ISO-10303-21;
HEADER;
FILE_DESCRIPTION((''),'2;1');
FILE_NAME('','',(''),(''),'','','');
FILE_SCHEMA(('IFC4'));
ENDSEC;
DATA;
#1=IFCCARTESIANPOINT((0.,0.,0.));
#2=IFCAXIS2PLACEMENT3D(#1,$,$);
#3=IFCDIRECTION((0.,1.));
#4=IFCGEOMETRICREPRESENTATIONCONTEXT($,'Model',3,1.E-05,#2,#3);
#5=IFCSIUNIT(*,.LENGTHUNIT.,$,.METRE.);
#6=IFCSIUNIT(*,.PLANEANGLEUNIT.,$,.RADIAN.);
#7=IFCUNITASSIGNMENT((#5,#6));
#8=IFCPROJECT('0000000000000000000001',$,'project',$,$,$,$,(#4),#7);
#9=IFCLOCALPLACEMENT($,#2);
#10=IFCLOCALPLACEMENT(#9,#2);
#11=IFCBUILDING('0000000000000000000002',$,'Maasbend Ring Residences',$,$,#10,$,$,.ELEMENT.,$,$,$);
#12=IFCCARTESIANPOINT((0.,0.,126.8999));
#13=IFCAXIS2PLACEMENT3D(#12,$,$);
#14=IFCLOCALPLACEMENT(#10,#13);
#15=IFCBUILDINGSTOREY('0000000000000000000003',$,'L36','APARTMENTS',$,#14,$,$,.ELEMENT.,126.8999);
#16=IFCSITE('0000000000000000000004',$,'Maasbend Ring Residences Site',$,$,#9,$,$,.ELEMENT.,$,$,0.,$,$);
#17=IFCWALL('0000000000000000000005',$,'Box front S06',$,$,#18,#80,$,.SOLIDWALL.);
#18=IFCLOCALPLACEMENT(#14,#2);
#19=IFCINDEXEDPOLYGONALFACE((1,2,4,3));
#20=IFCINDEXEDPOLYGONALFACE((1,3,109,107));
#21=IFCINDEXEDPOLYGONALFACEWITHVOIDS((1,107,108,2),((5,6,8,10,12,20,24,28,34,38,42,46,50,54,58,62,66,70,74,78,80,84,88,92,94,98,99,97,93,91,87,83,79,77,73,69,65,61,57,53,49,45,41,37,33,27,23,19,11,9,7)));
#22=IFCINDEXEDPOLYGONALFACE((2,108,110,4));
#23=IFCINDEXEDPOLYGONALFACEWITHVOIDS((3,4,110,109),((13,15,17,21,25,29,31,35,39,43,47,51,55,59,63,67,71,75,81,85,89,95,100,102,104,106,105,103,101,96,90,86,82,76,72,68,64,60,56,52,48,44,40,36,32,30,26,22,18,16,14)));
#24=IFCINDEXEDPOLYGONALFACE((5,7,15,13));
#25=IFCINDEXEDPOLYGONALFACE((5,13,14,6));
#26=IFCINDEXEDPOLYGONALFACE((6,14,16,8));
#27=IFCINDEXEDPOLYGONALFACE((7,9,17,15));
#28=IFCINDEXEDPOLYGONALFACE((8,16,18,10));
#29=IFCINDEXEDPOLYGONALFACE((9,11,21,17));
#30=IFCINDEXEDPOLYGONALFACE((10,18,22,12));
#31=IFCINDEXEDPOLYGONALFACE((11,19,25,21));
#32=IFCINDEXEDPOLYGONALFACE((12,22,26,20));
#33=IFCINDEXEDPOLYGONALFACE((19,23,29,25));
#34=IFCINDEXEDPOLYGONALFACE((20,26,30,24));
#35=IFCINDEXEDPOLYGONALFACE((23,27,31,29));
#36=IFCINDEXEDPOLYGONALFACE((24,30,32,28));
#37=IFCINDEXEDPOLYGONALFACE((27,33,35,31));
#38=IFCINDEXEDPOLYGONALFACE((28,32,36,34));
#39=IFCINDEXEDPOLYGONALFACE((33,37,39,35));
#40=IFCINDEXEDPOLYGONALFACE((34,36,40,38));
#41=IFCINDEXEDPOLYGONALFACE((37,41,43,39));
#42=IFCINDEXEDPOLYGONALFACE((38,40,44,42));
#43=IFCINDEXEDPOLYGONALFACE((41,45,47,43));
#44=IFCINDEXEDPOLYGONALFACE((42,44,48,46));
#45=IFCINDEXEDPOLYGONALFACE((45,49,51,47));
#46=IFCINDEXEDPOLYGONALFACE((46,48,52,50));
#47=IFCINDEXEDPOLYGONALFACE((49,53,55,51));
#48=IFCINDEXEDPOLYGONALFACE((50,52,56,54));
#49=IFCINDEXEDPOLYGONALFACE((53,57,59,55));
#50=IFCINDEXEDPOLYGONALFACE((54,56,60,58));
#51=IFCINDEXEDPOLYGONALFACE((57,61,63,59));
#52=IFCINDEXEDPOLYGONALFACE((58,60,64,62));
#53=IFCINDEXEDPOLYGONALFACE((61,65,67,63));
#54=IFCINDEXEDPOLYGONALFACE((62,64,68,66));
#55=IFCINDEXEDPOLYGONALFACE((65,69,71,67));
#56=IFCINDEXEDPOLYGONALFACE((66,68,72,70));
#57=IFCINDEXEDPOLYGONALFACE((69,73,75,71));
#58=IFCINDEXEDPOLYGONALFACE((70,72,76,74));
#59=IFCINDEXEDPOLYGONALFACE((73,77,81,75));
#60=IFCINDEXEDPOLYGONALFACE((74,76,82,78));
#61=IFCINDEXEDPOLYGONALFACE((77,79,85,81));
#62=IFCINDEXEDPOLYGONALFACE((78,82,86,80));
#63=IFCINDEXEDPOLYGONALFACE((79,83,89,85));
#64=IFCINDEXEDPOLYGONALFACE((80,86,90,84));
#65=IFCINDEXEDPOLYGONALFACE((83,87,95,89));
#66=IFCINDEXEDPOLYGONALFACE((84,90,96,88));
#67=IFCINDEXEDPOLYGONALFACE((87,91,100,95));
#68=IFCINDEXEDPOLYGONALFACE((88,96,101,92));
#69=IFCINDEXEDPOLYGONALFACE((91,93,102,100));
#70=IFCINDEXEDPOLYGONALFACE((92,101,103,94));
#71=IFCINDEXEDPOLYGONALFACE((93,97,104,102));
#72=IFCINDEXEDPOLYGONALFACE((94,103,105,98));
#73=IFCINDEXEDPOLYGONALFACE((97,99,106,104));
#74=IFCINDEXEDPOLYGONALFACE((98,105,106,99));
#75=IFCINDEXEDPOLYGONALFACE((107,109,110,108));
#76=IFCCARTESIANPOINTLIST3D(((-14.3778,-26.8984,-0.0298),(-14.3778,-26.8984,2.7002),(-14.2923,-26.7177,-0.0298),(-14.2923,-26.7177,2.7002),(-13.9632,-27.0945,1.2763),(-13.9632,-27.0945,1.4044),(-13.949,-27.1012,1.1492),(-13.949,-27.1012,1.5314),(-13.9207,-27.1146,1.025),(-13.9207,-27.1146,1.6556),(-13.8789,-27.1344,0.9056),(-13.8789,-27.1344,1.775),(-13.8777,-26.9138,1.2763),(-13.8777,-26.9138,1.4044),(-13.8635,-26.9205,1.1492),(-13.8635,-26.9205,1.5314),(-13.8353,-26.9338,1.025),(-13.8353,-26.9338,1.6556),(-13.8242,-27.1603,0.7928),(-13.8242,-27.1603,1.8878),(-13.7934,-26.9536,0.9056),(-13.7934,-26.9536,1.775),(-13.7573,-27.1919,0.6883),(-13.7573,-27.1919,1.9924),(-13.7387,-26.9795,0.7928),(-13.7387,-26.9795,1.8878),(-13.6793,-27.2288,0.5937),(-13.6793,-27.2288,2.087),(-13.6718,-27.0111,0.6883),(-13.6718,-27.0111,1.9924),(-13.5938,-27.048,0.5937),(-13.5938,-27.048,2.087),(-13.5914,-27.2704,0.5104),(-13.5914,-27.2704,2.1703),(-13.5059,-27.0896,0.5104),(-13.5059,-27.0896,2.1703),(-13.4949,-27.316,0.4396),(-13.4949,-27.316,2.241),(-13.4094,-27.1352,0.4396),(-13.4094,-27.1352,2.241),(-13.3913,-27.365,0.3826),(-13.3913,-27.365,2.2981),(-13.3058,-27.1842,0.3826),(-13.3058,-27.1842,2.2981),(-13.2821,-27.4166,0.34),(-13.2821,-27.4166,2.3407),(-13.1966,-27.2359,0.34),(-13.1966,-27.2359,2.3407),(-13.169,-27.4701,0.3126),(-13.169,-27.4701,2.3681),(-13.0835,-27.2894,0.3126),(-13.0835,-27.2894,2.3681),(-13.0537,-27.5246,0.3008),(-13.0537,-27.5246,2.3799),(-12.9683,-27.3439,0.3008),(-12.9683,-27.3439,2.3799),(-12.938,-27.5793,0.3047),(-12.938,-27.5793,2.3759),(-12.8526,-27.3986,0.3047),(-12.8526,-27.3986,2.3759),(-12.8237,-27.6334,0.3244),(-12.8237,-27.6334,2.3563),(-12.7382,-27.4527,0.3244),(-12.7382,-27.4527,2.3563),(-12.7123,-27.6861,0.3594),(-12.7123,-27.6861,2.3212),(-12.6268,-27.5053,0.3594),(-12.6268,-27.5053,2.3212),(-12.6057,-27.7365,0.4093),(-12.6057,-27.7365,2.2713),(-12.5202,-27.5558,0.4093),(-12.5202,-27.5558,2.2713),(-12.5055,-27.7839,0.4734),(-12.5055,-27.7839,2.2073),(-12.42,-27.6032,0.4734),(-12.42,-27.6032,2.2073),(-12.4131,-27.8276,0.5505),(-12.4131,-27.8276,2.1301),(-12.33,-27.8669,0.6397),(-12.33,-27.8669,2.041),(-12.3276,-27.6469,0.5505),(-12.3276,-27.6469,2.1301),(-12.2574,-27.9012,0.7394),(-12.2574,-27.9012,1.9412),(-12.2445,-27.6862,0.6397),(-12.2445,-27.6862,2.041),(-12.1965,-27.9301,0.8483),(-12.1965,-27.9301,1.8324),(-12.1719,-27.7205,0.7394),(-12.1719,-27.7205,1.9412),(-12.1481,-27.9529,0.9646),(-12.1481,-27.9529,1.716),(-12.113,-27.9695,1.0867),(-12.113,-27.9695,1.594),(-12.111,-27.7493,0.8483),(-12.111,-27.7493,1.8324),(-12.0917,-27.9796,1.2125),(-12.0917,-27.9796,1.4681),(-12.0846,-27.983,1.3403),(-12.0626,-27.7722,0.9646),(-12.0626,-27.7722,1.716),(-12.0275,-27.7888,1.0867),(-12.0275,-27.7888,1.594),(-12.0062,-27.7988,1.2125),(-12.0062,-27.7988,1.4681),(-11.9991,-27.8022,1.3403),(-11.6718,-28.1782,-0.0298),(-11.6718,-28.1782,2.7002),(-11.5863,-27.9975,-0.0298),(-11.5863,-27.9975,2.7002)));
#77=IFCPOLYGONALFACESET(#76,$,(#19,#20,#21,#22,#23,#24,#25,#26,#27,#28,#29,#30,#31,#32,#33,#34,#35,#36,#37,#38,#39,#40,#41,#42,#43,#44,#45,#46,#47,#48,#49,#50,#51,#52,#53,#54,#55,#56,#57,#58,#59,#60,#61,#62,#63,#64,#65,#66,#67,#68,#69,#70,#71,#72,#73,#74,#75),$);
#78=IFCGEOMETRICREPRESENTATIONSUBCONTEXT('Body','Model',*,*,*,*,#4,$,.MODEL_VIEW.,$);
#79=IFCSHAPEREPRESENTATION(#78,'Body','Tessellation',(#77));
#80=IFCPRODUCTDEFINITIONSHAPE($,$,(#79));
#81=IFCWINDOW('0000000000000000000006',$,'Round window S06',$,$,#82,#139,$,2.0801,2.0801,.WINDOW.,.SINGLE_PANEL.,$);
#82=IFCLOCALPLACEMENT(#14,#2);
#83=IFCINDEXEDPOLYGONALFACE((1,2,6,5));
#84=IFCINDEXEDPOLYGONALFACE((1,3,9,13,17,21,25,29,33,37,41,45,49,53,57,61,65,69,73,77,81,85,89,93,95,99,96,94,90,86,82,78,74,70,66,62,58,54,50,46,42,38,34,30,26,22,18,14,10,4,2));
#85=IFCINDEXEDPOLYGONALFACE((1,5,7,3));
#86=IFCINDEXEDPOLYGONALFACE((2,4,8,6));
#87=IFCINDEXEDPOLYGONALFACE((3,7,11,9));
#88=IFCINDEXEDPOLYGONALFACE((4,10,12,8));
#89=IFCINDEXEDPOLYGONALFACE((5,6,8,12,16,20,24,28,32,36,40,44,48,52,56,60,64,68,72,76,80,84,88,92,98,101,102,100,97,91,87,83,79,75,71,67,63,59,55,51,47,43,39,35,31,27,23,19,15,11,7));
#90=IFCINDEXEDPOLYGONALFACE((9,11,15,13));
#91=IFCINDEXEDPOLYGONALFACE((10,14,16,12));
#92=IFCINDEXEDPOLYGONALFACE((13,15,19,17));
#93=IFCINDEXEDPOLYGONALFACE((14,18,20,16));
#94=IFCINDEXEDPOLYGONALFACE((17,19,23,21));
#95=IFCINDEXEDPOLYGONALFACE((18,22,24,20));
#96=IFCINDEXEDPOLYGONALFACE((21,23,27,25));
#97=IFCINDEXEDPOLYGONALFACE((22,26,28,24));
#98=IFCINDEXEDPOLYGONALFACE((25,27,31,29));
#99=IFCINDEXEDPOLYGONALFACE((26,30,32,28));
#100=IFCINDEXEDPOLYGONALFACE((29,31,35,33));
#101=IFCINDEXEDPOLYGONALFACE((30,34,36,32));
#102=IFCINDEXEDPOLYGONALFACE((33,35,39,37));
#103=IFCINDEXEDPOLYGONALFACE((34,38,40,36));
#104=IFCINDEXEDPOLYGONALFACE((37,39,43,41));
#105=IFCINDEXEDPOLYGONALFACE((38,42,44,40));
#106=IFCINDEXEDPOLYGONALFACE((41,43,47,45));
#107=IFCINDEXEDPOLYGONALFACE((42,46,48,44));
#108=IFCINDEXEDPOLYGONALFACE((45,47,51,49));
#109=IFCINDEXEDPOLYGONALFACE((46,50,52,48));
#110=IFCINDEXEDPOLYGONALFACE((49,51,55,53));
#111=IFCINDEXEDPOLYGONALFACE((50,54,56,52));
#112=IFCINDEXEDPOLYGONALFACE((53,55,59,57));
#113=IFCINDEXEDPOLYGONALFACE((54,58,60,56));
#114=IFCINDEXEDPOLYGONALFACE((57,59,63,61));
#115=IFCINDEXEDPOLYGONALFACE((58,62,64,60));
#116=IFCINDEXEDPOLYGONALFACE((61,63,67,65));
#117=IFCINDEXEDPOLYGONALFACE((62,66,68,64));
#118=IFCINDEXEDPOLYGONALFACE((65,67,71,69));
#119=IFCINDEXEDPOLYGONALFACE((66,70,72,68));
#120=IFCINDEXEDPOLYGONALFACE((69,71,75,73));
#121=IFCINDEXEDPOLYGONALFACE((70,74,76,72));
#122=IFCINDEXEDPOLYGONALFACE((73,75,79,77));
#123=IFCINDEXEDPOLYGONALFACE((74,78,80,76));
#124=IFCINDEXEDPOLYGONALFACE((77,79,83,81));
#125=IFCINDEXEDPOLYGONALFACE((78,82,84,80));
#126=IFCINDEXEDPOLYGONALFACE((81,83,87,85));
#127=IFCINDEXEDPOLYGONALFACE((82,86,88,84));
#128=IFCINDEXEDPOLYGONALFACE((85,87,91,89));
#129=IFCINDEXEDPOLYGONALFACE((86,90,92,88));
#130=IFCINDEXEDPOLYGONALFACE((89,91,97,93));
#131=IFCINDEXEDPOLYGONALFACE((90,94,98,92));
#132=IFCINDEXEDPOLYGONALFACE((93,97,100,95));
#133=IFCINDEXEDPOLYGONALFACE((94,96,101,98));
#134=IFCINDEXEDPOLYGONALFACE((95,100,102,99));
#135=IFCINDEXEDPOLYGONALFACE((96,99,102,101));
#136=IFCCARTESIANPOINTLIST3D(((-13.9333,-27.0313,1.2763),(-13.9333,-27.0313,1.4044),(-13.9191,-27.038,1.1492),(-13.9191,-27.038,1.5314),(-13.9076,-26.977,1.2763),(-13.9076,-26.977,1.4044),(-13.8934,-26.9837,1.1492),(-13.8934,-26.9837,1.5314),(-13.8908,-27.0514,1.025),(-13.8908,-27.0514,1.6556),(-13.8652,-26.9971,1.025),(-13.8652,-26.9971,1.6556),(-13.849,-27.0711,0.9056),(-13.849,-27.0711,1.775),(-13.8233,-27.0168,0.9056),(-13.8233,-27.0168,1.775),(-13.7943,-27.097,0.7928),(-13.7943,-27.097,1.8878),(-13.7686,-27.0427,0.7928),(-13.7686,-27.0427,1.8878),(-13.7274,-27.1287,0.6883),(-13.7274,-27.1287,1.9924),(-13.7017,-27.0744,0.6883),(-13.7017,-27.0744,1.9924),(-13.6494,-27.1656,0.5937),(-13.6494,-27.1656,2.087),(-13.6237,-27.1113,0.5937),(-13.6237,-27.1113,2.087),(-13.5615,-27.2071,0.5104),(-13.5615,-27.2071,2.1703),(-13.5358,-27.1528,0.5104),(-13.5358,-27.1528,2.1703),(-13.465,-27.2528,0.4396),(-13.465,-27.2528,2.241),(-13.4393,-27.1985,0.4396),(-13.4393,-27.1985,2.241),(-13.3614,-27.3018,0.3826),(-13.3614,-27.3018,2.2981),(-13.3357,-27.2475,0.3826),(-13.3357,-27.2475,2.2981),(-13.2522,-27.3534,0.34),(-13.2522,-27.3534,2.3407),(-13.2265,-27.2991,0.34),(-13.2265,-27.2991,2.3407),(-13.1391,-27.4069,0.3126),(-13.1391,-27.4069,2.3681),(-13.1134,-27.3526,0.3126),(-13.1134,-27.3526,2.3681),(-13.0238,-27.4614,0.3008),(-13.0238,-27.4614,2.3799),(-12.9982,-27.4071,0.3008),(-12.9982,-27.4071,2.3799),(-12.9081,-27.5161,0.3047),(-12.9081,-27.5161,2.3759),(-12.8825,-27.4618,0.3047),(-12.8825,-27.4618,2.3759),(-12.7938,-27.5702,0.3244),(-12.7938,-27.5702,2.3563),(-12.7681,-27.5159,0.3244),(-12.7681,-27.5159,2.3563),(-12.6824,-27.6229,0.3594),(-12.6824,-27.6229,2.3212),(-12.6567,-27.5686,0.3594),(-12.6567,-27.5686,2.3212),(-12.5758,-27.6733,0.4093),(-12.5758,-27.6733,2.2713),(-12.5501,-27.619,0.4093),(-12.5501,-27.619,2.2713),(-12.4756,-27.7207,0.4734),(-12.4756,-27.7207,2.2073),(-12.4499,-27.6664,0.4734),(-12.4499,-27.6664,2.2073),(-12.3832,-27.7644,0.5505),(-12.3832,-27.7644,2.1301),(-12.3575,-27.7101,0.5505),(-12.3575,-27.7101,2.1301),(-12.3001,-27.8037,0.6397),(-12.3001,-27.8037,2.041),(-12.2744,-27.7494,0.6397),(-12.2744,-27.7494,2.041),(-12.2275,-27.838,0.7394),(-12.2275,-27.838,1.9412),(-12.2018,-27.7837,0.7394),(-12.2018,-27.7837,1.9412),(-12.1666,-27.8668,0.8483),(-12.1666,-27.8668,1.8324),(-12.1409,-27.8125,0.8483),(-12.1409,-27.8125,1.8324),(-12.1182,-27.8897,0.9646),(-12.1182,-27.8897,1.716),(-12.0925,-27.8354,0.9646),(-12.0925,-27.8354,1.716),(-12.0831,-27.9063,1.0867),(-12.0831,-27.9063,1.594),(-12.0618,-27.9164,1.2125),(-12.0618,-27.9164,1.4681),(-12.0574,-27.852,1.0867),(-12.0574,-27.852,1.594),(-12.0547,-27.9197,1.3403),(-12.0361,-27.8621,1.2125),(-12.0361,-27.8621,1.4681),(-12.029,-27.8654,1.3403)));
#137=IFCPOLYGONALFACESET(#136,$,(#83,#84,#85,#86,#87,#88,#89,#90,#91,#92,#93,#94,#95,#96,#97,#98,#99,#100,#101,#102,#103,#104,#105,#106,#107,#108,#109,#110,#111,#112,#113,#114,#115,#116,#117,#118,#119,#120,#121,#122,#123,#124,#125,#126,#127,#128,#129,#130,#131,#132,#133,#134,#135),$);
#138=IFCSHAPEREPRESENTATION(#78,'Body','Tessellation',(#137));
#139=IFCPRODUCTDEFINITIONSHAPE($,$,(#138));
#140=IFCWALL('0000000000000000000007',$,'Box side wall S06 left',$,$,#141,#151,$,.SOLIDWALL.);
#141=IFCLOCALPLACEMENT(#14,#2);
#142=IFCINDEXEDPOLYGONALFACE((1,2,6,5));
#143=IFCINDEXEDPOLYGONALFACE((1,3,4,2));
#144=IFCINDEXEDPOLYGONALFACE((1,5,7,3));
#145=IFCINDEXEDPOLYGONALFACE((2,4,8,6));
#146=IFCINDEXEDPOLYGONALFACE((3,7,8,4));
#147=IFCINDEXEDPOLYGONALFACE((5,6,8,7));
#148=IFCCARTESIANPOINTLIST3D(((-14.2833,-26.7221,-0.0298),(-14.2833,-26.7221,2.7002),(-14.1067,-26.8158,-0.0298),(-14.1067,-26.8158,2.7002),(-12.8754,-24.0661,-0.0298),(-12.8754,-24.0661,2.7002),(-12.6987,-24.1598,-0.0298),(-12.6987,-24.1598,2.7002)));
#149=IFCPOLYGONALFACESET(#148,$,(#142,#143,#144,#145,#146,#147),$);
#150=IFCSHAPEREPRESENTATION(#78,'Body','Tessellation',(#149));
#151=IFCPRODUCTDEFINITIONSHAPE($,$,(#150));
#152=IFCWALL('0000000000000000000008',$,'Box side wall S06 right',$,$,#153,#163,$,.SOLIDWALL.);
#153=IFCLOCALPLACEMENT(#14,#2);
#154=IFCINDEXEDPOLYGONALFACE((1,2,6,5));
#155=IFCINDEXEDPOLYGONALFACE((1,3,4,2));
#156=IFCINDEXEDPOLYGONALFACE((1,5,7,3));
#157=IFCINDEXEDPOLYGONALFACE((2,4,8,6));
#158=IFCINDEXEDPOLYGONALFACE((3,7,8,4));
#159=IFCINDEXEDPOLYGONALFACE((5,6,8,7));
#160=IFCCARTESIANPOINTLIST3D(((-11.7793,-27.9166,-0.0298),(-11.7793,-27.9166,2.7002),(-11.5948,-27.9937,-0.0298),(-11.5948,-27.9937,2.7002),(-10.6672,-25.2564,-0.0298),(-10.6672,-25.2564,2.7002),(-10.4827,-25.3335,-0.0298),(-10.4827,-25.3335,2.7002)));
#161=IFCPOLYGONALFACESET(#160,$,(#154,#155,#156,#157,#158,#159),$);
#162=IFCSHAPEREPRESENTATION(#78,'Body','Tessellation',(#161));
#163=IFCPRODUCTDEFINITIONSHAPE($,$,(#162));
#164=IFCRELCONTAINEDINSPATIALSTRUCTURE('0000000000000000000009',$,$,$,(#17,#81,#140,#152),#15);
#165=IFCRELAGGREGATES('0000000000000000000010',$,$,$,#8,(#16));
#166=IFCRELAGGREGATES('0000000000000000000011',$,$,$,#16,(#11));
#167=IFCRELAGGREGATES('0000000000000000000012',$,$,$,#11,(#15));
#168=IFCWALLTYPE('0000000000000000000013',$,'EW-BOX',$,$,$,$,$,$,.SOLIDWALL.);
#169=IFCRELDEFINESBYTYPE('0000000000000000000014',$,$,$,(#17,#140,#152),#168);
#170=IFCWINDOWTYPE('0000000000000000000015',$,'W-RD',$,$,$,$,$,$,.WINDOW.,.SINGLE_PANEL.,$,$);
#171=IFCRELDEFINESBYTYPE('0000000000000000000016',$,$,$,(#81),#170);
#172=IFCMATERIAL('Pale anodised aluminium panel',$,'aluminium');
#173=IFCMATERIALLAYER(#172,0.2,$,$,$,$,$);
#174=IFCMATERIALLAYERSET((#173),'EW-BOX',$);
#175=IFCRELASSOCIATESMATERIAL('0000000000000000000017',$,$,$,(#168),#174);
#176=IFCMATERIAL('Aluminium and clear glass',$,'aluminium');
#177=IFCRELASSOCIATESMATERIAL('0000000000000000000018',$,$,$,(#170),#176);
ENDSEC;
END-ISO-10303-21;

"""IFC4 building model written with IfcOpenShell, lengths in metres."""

from ifc_helpers import new_model, si_unit, direction, frame, frame_2d, origin, place, context, subcontext, project, spatial, rectangle, circle, extrude, material, layer, layer_set, type_object, element, fill, save


model = new_model("IFC4")

# Units and contexts
model_context = context("Model", 3, precision=1e-05, world=origin(), true_north=direction((0.0, 1.0)))
body_context = subcontext(model_context, "Body", "Model", "MODEL_VIEW")
ifc_project = project(units=[si_unit("LENGTHUNIT", "METRE"), si_unit("PLANEANGLEUNIT", "RADIAN")], contexts=[model_context])

# Site, building, storey
site_placement = place(None, origin())
site = spatial("IfcSite", under=ifc_project, at=site_placement, Name="Maasbend Ring Residences Site", CompositionType="ELEMENT", RefElevation=0.0)
building_placement = place(site_placement, origin())
building = spatial("IfcBuilding", under=site, at=building_placement, Name="Maasbend Ring Residences", CompositionType="ELEMENT")
storey_placement = place(building_placement, frame((0.0, 0.0, 126.8999)))
storey = spatial("IfcBuildingStorey", under=building, at=storey_placement, Name="L36", Description="APARTMENTS", CompositionType="ELEMENT", Elevation=126.8999)

# Wall, opening, window
ifc_material_1 = material(Name="Pale anodised aluminium panel", Category="aluminium")
ifc_layer_1 = layer(ifc_material_1, 0.2)
ifc_layer_set_1 = layer_set([ifc_layer_1], Name="EW-BOX")
wall_type_1 = type_object("IfcWallType", Name="EW-BOX", PredefinedType="SOLIDWALL", material=ifc_layer_set_1)
wall_1_placement = place(storey_placement, frame((-14.335, -26.8081, -0.0298), z_axis=(0.0, 0.0, 1.0), x_axis=(0.904, -0.427532, 0.0)))
wall_1 = element("IfcWall", 1, at=wall_1_placement, inside=storey, type_object=wall_type_1, Name="Box front S06", PredefinedType="SOLIDWALL", context=body_context, shape_type="SweptSolid", body=[
    extrude(rectangle(XDim=2.9934, YDim=0.2, at=frame_2d((1.4966, 0.0))), origin(), (0.0, 0.0, 1.0), 2.73),
])
opening_1_placement = place(wall_1_placement, frame((0.4565, 0.0, 0.3301)))
opening_1 = element("IfcOpeningElement", 2, at=opening_1_placement, cuts=wall_1, PredefinedType="OPENING", context=body_context, shape_type="SweptSolid", body=[
    extrude(circle(Radius=1.04, at=frame_2d((1.04, 1.04))), frame((0.0, 0.1099, 0.0), z_axis=(0.0, -1.0, 0.0), x_axis=(1.0, 0.0, 0.0)), (0.0, 0.0, 1.0), 0.22),
])
ifc_material_2 = material(Name="Aluminium and clear glass", Category="aluminium")
window_type_1 = type_object("IfcWindowType", Name="W-RD", PartitioningType="SINGLE_PANEL", PredefinedType="WINDOW", material=ifc_material_2)
window_1_placement = place(opening_1_placement, origin())
window_1 = element("IfcWindow", 3, at=window_1_placement, inside=storey, type_object=window_type_1, Name="Round window S06", OverallHeight=2.0801, OverallWidth=2.0801, PartitioningType="SINGLE_PANEL", PredefinedType="WINDOW", context=body_context, shape_type="SweptSolid", body=[
    extrude(circle(Radius=1.04, at=frame_2d((1.04, 1.04))), frame((0.0, 0.03, 0.0), z_axis=(0.0, -1.0, 0.0), x_axis=(1.0, 0.0, 0.0)), (0.0, 0.0, 1.0), 0.0601),
])
fill(opening_1, window_1)

# Walls
wall_2_placement = place(storey_placement, frame((-12.7871, -24.113, -0.0298), z_axis=(0.0, 0.0, 1.0), x_axis=(-0.468365, -0.883535, 0.0)))
element("IfcWall", 4, at=wall_2_placement, inside=storey, type_object=wall_type_1, Name="Box side wall S06 left", PredefinedType="SOLIDWALL", context=body_context, shape_type="SweptSolid", body=[
    extrude(rectangle(XDim=3.0061, YDim=0.2, at=frame_2d((1.5029, 0.0))), origin(), (0.0, 0.0, 1.0), 2.73),
])
wall_3_placement = place(storey_placement, frame((-10.575, -25.2949, -0.0298), z_axis=(0.0, 0.0, 1.0), x_axis=(-0.385697, -0.922625, 0.0)))
element("IfcWall", 5, at=wall_3_placement, inside=storey, type_object=wall_type_1, Name="Box side wall S06 right", PredefinedType="SOLIDWALL", context=body_context, shape_type="SweptSolid", body=[
    extrude(rectangle(XDim=2.8833, YDim=0.2, at=frame_2d((1.4417, 0.0))), origin(), (0.0, 0.0, 1.0), 2.73),
])

save(model, "model.ifc")
